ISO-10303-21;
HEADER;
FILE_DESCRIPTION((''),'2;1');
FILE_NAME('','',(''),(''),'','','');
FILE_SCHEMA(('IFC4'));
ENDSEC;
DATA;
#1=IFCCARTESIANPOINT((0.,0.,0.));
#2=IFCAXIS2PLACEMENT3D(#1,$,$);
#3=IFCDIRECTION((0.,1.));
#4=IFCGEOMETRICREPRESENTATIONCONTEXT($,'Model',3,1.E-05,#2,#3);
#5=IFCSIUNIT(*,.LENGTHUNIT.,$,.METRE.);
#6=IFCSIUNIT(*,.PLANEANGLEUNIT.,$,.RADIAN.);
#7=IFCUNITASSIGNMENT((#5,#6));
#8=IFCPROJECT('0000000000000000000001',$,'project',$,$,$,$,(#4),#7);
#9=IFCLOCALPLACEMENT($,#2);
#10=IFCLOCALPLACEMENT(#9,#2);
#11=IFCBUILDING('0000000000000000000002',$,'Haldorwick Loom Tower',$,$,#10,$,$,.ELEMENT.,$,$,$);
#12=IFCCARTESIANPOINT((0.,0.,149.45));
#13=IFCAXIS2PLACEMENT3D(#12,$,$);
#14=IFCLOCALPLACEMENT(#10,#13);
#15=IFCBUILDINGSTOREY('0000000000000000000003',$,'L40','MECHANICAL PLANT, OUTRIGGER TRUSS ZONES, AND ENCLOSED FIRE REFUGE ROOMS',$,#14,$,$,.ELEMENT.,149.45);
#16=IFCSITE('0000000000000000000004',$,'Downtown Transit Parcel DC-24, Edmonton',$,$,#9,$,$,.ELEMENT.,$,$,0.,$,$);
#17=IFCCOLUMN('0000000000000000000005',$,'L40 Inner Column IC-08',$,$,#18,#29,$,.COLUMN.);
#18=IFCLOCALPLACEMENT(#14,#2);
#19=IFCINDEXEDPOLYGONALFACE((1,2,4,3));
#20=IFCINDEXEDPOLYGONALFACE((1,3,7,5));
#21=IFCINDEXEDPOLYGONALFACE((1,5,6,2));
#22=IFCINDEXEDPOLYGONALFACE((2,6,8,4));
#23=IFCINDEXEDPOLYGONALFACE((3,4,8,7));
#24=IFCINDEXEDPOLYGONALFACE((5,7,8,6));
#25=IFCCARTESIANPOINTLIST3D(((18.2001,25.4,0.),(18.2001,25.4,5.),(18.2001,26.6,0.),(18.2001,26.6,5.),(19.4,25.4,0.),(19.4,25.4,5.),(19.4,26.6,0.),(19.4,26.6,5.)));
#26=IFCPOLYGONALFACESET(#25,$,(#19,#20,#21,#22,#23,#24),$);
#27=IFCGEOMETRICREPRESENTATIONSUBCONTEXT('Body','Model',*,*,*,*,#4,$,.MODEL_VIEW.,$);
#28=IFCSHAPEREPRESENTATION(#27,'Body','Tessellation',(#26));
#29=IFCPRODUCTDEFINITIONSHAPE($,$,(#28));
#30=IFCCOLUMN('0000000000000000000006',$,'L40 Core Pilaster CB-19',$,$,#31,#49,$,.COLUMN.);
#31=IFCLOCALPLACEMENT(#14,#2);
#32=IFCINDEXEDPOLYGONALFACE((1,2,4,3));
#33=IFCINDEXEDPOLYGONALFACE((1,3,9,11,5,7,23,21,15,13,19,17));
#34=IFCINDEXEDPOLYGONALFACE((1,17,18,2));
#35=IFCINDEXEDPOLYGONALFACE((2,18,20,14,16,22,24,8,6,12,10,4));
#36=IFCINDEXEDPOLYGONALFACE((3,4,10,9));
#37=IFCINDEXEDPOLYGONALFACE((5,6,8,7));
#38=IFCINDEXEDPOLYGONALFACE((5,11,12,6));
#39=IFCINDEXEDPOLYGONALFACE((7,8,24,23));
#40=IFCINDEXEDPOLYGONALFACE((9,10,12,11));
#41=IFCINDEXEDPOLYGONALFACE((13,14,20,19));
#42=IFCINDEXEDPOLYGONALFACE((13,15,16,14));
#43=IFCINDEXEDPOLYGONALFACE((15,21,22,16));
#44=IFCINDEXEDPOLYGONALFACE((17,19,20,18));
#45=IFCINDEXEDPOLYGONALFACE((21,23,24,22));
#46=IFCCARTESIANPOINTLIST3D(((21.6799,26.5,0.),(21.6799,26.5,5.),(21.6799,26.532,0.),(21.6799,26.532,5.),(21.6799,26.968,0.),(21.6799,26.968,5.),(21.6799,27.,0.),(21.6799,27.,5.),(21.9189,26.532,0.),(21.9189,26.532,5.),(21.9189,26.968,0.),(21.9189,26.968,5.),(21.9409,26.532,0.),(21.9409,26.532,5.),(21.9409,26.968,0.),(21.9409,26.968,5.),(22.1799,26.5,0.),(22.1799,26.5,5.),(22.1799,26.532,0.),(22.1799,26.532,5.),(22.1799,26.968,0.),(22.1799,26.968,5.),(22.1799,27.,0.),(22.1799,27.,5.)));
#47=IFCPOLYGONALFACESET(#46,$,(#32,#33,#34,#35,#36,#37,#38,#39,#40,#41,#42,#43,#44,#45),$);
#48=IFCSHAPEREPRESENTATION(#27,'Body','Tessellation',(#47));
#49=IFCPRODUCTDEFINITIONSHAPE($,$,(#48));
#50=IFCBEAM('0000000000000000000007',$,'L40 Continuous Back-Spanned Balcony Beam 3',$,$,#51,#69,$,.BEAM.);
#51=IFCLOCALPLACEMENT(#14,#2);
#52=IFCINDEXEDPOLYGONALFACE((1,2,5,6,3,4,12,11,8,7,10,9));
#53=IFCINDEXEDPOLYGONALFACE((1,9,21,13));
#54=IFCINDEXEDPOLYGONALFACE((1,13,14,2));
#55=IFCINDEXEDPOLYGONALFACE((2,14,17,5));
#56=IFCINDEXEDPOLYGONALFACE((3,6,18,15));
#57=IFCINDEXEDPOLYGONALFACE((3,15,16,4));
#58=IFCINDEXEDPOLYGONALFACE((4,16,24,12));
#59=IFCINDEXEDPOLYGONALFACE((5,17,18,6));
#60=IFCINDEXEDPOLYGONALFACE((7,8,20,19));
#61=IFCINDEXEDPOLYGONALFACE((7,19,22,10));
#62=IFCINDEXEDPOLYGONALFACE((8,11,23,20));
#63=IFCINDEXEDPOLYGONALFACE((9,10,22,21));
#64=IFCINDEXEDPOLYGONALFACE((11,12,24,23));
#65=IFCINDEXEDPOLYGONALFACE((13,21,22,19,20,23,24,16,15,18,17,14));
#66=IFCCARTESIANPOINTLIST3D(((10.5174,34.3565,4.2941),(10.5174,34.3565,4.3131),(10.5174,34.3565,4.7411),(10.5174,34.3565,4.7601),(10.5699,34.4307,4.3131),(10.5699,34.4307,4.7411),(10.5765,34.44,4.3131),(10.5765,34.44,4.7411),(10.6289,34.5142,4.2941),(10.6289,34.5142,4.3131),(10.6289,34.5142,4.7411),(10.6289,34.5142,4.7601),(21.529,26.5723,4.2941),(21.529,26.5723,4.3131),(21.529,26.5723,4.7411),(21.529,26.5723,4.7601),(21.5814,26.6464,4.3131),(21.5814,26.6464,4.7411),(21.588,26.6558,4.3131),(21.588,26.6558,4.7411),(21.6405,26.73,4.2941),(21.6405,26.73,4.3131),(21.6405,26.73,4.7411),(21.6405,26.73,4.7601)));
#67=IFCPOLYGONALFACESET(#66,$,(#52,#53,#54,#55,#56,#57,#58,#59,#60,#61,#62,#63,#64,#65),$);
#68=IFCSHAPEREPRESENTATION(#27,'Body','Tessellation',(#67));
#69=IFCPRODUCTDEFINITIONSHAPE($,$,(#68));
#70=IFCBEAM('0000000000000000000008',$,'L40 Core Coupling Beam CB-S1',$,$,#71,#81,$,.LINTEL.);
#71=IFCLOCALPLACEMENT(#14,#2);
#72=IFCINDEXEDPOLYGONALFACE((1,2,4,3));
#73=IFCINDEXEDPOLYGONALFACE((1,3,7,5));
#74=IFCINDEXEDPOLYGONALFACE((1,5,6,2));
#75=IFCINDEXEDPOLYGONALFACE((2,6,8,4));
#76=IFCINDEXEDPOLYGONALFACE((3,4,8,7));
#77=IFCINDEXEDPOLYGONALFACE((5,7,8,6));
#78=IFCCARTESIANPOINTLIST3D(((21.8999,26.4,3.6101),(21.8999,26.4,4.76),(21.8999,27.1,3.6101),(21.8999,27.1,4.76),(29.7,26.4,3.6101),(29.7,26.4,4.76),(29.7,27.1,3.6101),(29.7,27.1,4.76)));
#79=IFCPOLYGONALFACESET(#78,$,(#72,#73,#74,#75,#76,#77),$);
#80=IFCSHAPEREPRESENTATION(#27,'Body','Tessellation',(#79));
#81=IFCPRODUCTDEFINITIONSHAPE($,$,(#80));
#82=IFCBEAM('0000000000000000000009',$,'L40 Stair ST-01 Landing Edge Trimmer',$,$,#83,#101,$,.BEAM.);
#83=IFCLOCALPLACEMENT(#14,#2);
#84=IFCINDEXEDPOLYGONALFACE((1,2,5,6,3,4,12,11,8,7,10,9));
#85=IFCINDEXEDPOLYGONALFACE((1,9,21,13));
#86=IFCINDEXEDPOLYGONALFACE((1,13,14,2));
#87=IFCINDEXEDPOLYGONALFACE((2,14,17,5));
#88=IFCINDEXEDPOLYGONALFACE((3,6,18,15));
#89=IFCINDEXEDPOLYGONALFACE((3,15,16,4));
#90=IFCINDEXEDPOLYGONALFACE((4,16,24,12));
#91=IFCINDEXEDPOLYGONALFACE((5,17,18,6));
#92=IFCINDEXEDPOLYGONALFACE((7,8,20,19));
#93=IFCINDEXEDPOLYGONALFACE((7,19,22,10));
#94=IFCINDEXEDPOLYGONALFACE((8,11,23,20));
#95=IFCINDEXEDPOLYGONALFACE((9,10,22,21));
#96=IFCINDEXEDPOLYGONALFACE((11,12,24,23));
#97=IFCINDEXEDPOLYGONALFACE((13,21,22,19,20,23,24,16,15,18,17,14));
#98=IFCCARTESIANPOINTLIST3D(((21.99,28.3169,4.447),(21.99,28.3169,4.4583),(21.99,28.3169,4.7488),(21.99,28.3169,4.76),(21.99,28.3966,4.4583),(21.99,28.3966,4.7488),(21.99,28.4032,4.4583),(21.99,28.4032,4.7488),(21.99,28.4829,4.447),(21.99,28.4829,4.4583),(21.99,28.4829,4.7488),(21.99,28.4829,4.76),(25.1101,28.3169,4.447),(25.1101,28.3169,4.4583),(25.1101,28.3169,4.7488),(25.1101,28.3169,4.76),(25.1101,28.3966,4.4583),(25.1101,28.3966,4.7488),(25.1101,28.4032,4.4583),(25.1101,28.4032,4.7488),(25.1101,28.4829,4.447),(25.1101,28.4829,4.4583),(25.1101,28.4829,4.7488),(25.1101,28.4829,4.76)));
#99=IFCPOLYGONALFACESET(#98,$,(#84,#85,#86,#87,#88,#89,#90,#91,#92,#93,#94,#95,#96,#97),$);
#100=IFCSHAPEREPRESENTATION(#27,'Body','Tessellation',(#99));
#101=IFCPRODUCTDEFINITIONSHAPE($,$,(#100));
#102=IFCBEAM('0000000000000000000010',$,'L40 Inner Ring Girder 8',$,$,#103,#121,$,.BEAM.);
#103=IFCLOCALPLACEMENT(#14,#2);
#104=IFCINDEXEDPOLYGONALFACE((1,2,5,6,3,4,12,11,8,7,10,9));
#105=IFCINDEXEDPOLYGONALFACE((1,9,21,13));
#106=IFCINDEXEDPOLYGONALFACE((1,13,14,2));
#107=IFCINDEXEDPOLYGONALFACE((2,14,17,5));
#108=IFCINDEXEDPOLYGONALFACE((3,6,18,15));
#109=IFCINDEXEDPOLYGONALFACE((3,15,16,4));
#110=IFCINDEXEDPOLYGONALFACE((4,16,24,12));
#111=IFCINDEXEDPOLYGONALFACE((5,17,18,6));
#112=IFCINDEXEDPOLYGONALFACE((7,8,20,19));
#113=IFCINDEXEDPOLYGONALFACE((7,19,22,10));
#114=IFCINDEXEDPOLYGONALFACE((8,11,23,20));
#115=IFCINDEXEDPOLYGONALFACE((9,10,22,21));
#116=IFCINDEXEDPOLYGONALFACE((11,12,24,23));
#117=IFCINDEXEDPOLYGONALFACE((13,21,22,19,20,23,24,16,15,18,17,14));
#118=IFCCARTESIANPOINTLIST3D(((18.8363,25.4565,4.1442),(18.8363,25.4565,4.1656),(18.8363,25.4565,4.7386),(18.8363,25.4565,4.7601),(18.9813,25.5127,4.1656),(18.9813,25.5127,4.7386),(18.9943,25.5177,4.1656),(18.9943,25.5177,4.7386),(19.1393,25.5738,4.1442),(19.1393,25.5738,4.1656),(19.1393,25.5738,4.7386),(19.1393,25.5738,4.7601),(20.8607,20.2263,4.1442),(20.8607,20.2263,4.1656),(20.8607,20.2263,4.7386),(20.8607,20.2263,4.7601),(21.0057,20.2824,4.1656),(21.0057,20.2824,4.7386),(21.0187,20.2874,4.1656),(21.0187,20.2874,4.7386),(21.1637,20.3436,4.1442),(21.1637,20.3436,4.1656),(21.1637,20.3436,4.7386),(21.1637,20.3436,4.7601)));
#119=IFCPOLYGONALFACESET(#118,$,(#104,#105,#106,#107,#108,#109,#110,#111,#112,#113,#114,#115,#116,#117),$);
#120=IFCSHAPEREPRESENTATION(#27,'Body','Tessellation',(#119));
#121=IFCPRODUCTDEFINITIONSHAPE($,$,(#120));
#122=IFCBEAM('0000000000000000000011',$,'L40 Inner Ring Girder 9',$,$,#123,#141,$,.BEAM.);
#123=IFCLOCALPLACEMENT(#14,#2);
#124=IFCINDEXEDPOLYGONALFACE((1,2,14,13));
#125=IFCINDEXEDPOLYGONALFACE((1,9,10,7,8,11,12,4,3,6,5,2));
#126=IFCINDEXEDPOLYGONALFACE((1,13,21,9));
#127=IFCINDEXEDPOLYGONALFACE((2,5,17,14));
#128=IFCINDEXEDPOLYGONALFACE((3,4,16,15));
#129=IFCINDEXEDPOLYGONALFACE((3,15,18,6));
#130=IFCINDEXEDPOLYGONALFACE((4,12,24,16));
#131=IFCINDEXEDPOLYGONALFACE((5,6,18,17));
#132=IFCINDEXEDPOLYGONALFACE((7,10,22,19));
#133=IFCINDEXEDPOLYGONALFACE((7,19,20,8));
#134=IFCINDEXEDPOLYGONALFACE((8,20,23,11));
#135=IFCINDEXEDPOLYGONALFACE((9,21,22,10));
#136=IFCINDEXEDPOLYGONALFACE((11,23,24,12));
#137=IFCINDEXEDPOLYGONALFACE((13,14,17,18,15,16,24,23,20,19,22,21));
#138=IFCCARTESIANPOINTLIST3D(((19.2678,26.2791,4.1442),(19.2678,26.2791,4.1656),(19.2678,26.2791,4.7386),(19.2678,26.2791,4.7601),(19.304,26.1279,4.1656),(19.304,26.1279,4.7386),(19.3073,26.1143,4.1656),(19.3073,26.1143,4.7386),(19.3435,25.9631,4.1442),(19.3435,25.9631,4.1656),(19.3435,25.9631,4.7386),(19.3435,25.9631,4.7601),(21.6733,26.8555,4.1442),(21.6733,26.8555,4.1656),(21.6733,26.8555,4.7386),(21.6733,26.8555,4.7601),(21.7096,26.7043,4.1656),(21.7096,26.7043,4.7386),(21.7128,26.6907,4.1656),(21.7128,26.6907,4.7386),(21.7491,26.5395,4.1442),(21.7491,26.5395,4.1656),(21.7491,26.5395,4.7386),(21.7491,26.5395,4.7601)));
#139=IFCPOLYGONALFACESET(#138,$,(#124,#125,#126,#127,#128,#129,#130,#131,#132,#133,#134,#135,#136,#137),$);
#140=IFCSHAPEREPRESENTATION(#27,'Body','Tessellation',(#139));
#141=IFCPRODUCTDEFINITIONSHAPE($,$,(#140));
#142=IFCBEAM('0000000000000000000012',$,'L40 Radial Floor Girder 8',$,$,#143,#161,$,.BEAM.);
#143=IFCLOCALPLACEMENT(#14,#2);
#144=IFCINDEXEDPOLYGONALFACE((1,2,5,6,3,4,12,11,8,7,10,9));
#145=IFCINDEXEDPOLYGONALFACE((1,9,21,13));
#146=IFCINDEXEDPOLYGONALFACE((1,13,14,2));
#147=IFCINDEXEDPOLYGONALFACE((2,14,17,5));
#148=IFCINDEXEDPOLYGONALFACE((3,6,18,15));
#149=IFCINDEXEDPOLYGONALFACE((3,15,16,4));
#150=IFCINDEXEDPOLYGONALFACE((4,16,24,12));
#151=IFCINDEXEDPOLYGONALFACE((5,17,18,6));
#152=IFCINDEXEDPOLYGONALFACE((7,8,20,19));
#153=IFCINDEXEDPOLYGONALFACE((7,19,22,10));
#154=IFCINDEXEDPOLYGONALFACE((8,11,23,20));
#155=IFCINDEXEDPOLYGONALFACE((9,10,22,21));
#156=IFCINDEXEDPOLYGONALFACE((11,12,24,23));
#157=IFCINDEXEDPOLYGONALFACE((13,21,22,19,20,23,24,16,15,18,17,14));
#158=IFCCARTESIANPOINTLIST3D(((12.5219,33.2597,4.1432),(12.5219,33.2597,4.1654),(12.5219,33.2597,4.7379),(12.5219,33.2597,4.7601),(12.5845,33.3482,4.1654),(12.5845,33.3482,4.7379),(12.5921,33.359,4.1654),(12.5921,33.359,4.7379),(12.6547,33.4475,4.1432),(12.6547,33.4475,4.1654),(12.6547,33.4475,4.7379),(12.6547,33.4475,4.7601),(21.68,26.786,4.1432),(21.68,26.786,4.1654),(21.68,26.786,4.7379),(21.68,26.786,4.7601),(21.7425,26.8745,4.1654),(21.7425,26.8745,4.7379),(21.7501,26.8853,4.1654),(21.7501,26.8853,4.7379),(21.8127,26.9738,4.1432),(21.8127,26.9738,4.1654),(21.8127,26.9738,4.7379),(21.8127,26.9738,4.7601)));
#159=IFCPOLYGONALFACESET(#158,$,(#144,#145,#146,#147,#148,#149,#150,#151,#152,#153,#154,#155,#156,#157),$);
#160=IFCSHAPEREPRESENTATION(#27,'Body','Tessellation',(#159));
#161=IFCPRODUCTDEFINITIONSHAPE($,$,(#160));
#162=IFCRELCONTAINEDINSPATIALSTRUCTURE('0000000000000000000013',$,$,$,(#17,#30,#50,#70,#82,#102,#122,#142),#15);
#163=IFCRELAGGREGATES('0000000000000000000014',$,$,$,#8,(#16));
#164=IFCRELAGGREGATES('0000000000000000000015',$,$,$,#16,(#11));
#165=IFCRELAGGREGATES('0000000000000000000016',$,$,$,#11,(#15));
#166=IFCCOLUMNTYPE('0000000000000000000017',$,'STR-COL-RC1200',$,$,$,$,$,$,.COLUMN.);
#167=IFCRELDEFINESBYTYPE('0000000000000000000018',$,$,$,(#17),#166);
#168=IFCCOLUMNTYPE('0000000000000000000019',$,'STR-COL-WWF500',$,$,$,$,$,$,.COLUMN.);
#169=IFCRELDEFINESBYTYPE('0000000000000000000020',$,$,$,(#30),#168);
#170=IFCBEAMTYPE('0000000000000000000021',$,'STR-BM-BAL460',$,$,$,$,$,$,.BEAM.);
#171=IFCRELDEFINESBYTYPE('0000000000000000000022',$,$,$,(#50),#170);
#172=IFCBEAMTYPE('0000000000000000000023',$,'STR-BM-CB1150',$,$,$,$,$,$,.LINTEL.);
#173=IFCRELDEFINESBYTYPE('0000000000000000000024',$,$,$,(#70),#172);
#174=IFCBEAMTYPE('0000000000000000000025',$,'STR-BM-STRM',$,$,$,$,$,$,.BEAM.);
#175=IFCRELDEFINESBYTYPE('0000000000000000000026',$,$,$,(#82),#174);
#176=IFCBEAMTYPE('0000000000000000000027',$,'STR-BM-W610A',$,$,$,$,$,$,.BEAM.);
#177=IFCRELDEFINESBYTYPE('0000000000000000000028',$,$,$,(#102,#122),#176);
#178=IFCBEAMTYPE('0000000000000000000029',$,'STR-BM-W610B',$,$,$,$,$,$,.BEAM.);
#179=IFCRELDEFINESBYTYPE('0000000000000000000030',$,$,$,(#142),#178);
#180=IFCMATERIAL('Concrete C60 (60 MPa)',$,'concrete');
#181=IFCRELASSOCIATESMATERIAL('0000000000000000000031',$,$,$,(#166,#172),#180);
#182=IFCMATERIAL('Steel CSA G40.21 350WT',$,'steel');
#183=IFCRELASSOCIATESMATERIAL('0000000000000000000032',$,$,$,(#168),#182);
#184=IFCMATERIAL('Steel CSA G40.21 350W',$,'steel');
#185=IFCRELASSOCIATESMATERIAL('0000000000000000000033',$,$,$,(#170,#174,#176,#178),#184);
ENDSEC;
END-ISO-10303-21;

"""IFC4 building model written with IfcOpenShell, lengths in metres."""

from ifc_helpers import new_model, si_unit, direction, frame, origin, origin_2d, place, context, subcontext, project, spatial, rectangle, i_section, extrude, material, material_profile, profile_set, type_object, element, save


model = new_model("IFC4")

# Units and contexts
model_context = context("Model", 3, precision=1e-05, world=origin(), true_north=direction((0.0, 1.0)))
body_context = subcontext(model_context, "Body", "Model", "MODEL_VIEW")
ifc_project = project(units=[si_unit("LENGTHUNIT", "METRE"), si_unit("PLANEANGLEUNIT", "RADIAN")], contexts=[model_context])

# Site, building, storey
site_placement = place(None, origin())
site = spatial("IfcSite", under=ifc_project, at=site_placement, Name="Downtown Transit Parcel DC-24, Edmonton", CompositionType="ELEMENT", RefElevation=0.0)
building_placement = place(site_placement, origin())
building = spatial("IfcBuilding", under=site, at=building_placement, Name="Haldorwick Loom Tower", CompositionType="ELEMENT")
storey_placement = place(building_placement, frame((0.0, 0.0, 149.45)))
storey = spatial("IfcBuildingStorey", under=building, at=storey_placement, Name="L40", Description="MECHANICAL PLANT, OUTRIGGER TRUSS ZONES, AND ENCLOSED FIRE REFUGE ROOMS", CompositionType="ELEMENT", Elevation=149.45)

# Columns
ifc_material_1 = material(Name="Concrete C60 (60 MPa)", Category="concrete")
ifc_material_profile_1 = material_profile(ifc_material_1, rectangle(XDim=1.2, YDim=1.2, at=origin_2d()), Name="RC1200X1200", Category="concrete")
ifc_profile_set_1 = profile_set([ifc_material_profile_1], Name="Concrete C60 (60 MPa)")
column_type_1 = type_object("IfcColumnType", Name="STR-COL-RC1200", PredefinedType="COLUMN", material=ifc_profile_set_1)
column_1_placement = place(storey_placement, frame((18.8, 26.0, 0.0), z_axis=(0.0, 0.0, 1.0), x_axis=(1.0, 0.0, 0.0)))
element("IfcColumn", 1, at=column_1_placement, inside=storey, type_object=column_type_1, Name="L40 Inner Column IC-08", PredefinedType="COLUMN", context=body_context, shape_type="SweptSolid", body=[
    extrude(rectangle(XDim=1.2, YDim=1.2, at=origin_2d()), origin(), (0.0, 0.0, 1.0), 5.0),
])
ifc_material_2 = material(Name="Steel CSA G40.21 350WT", Category="steel")
ifc_material_profile_2 = material_profile(ifc_material_2, i_section(OverallWidth=0.5, OverallDepth=0.5, WebThickness=0.022, FlangeThickness=0.032, at=origin_2d()), Name="WWF500X500", Category="steel")
ifc_profile_set_2 = profile_set([ifc_material_profile_2], Name="Steel CSA G40.21 350WT")
column_type_2 = type_object("IfcColumnType", Name="STR-COL-WWF500", PredefinedType="COLUMN", material=ifc_profile_set_2)
column_2_placement = place(storey_placement, frame((21.9299, 26.75, 0.0), z_axis=(0.0, 0.0, 1.0), x_axis=(1.0, 0.0, 0.0)))
element("IfcColumn", 2, at=column_2_placement, inside=storey, type_object=column_type_2, Name="L40 Core Pilaster CB-19", PredefinedType="COLUMN", context=body_context, shape_type="SweptSolid", body=[
    extrude(i_section(OverallWidth=0.5, OverallDepth=0.5, WebThickness=0.022, FlangeThickness=0.032, at=origin_2d()), origin(), (0.0, 0.0, 1.0), 5.0),
])

# Beams
ifc_material_3 = material(Name="Steel CSA G40.21 350W", Category="steel")
ifc_material_profile_3 = material_profile(ifc_material_3, i_section(OverallWidth=0.1931, OverallDepth=0.4661, WebThickness=0.0115, FlangeThickness=0.019, at=origin_2d()), Name="W460X97", Category="steel")
ifc_profile_set_3 = profile_set([ifc_material_profile_3], Name="Steel CSA G40.21 350W")
beam_type_1 = type_object("IfcBeamType", Name="STR-BM-BAL460", PredefinedType="BEAM", material=ifc_profile_set_3)
beam_1_placement = place(storey_placement, frame((21.5847, 26.6511, 4.5271), z_axis=(-0.81657, 0.577246, 0.0), x_axis=(-0.577246, -0.81657, 0.0)))
element("IfcBeam", 3, at=beam_1_placement, inside=storey, type_object=beam_type_1, Name="L40 Continuous Back-Spanned Balcony Beam 3", PredefinedType="BEAM", context=body_context, shape_type="SweptSolid", body=[
    extrude(i_section(OverallWidth=0.1931, OverallDepth=0.4661, WebThickness=0.0115, FlangeThickness=0.019, at=origin_2d()), origin(), (0.0, 0.0, 1.0), 13.4851),
])
ifc_material_profile_4 = material_profile(ifc_material_1, rectangle(XDim=0.7, YDim=1.1499, at=origin_2d()), Name="RC700X1150", Category="concrete")
ifc_profile_set_4 = profile_set([ifc_material_profile_4], Name="Concrete C60 (60 MPa)")
beam_type_2 = type_object("IfcBeamType", Name="STR-BM-CB1150", PredefinedType="LINTEL", material=ifc_profile_set_4)
beam_2_placement = place(storey_placement, frame((21.8999, 26.75, 4.1851), z_axis=(1.0, 0.0, 0.0), x_axis=(0.0, 1.0, 0.0)))
element("IfcBeam", 4, at=beam_2_placement, inside=storey, type_object=beam_type_2, Name="L40 Core Coupling Beam CB-S1", PredefinedType="LINTEL", context=body_context, shape_type="SweptSolid", body=[
    extrude(rectangle(XDim=0.7, YDim=1.1499, at=origin_2d()), origin(), (0.0, 0.0, 1.0), 7.8),
])
ifc_material_profile_5 = material_profile(ifc_material_3, i_section(OverallWidth=0.166, OverallDepth=0.313, WebThickness=0.0066, FlangeThickness=0.0112, at=origin_2d()), Name="W310X45", Category="steel")
ifc_profile_set_5 = profile_set([ifc_material_profile_5], Name="Steel CSA G40.21 350W")
beam_type_3 = type_object("IfcBeamType", Name="STR-BM-STRM", PredefinedType="BEAM", material=ifc_profile_set_5)
beam_3_placement = place(storey_placement, frame((21.99, 28.3999, 4.6035), z_axis=(1.0, 0.0, 0.0), x_axis=(0.0, 1.0, 0.0)))
element("IfcBeam", 5, at=beam_3_placement, inside=storey, type_object=beam_type_3, Name="L40 Stair ST-01 Landing Edge Trimmer", PredefinedType="BEAM", context=body_context, shape_type="SweptSolid", body=[
    extrude(i_section(OverallWidth=0.166, OverallDepth=0.313, WebThickness=0.0066, FlangeThickness=0.0112, at=origin_2d()), origin(), (0.0, 0.0, 1.0), 3.1201),
])
ifc_material_profile_6 = material_profile(ifc_material_3, i_section(OverallWidth=0.325, OverallDepth=0.616, WebThickness=0.0139, FlangeThickness=0.0215, at=origin_2d()), Name="W610X174", Category="steel")
ifc_profile_set_6 = profile_set([ifc_material_profile_6], Name="Steel CSA G40.21 350W")
beam_type_4 = type_object("IfcBeamType", Name="STR-BM-W610A", PredefinedType="BEAM", material=ifc_profile_set_6)
beam_4_placement = place(storey_placement, frame((21.0122, 20.2849, 4.4521), z_axis=(-0.360965, 0.932579, 0.0), x_axis=(-0.932579, -0.360965, 0.0)))
element("IfcBeam", 6, at=beam_4_placement, inside=storey, type_object=beam_type_4, Name="L40 Inner Ring Girder 8", PredefinedType="BEAM", context=body_context, shape_type="SweptSolid", body=[
    extrude(i_section(OverallWidth=0.325, OverallDepth=0.616, WebThickness=0.0139, FlangeThickness=0.0215, at=origin_2d()), origin(), (0.0, 0.0, 1.0), 5.6084),
])
beam_5_placement = place(storey_placement, frame((19.3057, 26.1211, 4.4521), z_axis=(0.972471, 0.233026, 0.0), x_axis=(-0.233026, 0.972471, 0.0)))
element("IfcBeam", 7, at=beam_5_placement, inside=storey, type_object=beam_type_4, Name="L40 Inner Ring Girder 9", PredefinedType="BEAM", context=body_context, shape_type="SweptSolid", body=[
    extrude(i_section(OverallWidth=0.325, OverallDepth=0.616, WebThickness=0.0139, FlangeThickness=0.0215, at=origin_2d()), origin(), (0.0, 0.0, 1.0), 2.4736),
])
ifc_material_profile_7 = material_profile(ifc_material_3, i_section(OverallWidth=0.23, OverallDepth=0.6169, WebThickness=0.0132, FlangeThickness=0.0222, at=origin_2d()), Name="W610X140", Category="steel")
ifc_profile_set_7 = profile_set([ifc_material_profile_7], Name="Steel CSA G40.21 350W")
beam_type_5 = type_object("IfcBeamType", Name="STR-BM-W610B", PredefinedType="BEAM", material=ifc_profile_set_7)
beam_6_placement = place(storey_placement, frame((21.7463, 26.8799, 4.4517), z_axis=(-0.816582, 0.57723, 0.0), x_axis=(-0.57723, -0.816582, 0.0)))
element("IfcBeam", 8, at=beam_6_placement, inside=storey, type_object=beam_type_5, Name="L40 Radial Floor Girder 8", PredefinedType="BEAM", context=body_context, shape_type="SweptSolid", body=[
    extrude(i_section(OverallWidth=0.23, OverallDepth=0.6169, WebThickness=0.0132, FlangeThickness=0.0222, at=origin_2d()), origin(), (0.0, 0.0, 1.0), 11.2151),
])

save(model, "model.ifc")
